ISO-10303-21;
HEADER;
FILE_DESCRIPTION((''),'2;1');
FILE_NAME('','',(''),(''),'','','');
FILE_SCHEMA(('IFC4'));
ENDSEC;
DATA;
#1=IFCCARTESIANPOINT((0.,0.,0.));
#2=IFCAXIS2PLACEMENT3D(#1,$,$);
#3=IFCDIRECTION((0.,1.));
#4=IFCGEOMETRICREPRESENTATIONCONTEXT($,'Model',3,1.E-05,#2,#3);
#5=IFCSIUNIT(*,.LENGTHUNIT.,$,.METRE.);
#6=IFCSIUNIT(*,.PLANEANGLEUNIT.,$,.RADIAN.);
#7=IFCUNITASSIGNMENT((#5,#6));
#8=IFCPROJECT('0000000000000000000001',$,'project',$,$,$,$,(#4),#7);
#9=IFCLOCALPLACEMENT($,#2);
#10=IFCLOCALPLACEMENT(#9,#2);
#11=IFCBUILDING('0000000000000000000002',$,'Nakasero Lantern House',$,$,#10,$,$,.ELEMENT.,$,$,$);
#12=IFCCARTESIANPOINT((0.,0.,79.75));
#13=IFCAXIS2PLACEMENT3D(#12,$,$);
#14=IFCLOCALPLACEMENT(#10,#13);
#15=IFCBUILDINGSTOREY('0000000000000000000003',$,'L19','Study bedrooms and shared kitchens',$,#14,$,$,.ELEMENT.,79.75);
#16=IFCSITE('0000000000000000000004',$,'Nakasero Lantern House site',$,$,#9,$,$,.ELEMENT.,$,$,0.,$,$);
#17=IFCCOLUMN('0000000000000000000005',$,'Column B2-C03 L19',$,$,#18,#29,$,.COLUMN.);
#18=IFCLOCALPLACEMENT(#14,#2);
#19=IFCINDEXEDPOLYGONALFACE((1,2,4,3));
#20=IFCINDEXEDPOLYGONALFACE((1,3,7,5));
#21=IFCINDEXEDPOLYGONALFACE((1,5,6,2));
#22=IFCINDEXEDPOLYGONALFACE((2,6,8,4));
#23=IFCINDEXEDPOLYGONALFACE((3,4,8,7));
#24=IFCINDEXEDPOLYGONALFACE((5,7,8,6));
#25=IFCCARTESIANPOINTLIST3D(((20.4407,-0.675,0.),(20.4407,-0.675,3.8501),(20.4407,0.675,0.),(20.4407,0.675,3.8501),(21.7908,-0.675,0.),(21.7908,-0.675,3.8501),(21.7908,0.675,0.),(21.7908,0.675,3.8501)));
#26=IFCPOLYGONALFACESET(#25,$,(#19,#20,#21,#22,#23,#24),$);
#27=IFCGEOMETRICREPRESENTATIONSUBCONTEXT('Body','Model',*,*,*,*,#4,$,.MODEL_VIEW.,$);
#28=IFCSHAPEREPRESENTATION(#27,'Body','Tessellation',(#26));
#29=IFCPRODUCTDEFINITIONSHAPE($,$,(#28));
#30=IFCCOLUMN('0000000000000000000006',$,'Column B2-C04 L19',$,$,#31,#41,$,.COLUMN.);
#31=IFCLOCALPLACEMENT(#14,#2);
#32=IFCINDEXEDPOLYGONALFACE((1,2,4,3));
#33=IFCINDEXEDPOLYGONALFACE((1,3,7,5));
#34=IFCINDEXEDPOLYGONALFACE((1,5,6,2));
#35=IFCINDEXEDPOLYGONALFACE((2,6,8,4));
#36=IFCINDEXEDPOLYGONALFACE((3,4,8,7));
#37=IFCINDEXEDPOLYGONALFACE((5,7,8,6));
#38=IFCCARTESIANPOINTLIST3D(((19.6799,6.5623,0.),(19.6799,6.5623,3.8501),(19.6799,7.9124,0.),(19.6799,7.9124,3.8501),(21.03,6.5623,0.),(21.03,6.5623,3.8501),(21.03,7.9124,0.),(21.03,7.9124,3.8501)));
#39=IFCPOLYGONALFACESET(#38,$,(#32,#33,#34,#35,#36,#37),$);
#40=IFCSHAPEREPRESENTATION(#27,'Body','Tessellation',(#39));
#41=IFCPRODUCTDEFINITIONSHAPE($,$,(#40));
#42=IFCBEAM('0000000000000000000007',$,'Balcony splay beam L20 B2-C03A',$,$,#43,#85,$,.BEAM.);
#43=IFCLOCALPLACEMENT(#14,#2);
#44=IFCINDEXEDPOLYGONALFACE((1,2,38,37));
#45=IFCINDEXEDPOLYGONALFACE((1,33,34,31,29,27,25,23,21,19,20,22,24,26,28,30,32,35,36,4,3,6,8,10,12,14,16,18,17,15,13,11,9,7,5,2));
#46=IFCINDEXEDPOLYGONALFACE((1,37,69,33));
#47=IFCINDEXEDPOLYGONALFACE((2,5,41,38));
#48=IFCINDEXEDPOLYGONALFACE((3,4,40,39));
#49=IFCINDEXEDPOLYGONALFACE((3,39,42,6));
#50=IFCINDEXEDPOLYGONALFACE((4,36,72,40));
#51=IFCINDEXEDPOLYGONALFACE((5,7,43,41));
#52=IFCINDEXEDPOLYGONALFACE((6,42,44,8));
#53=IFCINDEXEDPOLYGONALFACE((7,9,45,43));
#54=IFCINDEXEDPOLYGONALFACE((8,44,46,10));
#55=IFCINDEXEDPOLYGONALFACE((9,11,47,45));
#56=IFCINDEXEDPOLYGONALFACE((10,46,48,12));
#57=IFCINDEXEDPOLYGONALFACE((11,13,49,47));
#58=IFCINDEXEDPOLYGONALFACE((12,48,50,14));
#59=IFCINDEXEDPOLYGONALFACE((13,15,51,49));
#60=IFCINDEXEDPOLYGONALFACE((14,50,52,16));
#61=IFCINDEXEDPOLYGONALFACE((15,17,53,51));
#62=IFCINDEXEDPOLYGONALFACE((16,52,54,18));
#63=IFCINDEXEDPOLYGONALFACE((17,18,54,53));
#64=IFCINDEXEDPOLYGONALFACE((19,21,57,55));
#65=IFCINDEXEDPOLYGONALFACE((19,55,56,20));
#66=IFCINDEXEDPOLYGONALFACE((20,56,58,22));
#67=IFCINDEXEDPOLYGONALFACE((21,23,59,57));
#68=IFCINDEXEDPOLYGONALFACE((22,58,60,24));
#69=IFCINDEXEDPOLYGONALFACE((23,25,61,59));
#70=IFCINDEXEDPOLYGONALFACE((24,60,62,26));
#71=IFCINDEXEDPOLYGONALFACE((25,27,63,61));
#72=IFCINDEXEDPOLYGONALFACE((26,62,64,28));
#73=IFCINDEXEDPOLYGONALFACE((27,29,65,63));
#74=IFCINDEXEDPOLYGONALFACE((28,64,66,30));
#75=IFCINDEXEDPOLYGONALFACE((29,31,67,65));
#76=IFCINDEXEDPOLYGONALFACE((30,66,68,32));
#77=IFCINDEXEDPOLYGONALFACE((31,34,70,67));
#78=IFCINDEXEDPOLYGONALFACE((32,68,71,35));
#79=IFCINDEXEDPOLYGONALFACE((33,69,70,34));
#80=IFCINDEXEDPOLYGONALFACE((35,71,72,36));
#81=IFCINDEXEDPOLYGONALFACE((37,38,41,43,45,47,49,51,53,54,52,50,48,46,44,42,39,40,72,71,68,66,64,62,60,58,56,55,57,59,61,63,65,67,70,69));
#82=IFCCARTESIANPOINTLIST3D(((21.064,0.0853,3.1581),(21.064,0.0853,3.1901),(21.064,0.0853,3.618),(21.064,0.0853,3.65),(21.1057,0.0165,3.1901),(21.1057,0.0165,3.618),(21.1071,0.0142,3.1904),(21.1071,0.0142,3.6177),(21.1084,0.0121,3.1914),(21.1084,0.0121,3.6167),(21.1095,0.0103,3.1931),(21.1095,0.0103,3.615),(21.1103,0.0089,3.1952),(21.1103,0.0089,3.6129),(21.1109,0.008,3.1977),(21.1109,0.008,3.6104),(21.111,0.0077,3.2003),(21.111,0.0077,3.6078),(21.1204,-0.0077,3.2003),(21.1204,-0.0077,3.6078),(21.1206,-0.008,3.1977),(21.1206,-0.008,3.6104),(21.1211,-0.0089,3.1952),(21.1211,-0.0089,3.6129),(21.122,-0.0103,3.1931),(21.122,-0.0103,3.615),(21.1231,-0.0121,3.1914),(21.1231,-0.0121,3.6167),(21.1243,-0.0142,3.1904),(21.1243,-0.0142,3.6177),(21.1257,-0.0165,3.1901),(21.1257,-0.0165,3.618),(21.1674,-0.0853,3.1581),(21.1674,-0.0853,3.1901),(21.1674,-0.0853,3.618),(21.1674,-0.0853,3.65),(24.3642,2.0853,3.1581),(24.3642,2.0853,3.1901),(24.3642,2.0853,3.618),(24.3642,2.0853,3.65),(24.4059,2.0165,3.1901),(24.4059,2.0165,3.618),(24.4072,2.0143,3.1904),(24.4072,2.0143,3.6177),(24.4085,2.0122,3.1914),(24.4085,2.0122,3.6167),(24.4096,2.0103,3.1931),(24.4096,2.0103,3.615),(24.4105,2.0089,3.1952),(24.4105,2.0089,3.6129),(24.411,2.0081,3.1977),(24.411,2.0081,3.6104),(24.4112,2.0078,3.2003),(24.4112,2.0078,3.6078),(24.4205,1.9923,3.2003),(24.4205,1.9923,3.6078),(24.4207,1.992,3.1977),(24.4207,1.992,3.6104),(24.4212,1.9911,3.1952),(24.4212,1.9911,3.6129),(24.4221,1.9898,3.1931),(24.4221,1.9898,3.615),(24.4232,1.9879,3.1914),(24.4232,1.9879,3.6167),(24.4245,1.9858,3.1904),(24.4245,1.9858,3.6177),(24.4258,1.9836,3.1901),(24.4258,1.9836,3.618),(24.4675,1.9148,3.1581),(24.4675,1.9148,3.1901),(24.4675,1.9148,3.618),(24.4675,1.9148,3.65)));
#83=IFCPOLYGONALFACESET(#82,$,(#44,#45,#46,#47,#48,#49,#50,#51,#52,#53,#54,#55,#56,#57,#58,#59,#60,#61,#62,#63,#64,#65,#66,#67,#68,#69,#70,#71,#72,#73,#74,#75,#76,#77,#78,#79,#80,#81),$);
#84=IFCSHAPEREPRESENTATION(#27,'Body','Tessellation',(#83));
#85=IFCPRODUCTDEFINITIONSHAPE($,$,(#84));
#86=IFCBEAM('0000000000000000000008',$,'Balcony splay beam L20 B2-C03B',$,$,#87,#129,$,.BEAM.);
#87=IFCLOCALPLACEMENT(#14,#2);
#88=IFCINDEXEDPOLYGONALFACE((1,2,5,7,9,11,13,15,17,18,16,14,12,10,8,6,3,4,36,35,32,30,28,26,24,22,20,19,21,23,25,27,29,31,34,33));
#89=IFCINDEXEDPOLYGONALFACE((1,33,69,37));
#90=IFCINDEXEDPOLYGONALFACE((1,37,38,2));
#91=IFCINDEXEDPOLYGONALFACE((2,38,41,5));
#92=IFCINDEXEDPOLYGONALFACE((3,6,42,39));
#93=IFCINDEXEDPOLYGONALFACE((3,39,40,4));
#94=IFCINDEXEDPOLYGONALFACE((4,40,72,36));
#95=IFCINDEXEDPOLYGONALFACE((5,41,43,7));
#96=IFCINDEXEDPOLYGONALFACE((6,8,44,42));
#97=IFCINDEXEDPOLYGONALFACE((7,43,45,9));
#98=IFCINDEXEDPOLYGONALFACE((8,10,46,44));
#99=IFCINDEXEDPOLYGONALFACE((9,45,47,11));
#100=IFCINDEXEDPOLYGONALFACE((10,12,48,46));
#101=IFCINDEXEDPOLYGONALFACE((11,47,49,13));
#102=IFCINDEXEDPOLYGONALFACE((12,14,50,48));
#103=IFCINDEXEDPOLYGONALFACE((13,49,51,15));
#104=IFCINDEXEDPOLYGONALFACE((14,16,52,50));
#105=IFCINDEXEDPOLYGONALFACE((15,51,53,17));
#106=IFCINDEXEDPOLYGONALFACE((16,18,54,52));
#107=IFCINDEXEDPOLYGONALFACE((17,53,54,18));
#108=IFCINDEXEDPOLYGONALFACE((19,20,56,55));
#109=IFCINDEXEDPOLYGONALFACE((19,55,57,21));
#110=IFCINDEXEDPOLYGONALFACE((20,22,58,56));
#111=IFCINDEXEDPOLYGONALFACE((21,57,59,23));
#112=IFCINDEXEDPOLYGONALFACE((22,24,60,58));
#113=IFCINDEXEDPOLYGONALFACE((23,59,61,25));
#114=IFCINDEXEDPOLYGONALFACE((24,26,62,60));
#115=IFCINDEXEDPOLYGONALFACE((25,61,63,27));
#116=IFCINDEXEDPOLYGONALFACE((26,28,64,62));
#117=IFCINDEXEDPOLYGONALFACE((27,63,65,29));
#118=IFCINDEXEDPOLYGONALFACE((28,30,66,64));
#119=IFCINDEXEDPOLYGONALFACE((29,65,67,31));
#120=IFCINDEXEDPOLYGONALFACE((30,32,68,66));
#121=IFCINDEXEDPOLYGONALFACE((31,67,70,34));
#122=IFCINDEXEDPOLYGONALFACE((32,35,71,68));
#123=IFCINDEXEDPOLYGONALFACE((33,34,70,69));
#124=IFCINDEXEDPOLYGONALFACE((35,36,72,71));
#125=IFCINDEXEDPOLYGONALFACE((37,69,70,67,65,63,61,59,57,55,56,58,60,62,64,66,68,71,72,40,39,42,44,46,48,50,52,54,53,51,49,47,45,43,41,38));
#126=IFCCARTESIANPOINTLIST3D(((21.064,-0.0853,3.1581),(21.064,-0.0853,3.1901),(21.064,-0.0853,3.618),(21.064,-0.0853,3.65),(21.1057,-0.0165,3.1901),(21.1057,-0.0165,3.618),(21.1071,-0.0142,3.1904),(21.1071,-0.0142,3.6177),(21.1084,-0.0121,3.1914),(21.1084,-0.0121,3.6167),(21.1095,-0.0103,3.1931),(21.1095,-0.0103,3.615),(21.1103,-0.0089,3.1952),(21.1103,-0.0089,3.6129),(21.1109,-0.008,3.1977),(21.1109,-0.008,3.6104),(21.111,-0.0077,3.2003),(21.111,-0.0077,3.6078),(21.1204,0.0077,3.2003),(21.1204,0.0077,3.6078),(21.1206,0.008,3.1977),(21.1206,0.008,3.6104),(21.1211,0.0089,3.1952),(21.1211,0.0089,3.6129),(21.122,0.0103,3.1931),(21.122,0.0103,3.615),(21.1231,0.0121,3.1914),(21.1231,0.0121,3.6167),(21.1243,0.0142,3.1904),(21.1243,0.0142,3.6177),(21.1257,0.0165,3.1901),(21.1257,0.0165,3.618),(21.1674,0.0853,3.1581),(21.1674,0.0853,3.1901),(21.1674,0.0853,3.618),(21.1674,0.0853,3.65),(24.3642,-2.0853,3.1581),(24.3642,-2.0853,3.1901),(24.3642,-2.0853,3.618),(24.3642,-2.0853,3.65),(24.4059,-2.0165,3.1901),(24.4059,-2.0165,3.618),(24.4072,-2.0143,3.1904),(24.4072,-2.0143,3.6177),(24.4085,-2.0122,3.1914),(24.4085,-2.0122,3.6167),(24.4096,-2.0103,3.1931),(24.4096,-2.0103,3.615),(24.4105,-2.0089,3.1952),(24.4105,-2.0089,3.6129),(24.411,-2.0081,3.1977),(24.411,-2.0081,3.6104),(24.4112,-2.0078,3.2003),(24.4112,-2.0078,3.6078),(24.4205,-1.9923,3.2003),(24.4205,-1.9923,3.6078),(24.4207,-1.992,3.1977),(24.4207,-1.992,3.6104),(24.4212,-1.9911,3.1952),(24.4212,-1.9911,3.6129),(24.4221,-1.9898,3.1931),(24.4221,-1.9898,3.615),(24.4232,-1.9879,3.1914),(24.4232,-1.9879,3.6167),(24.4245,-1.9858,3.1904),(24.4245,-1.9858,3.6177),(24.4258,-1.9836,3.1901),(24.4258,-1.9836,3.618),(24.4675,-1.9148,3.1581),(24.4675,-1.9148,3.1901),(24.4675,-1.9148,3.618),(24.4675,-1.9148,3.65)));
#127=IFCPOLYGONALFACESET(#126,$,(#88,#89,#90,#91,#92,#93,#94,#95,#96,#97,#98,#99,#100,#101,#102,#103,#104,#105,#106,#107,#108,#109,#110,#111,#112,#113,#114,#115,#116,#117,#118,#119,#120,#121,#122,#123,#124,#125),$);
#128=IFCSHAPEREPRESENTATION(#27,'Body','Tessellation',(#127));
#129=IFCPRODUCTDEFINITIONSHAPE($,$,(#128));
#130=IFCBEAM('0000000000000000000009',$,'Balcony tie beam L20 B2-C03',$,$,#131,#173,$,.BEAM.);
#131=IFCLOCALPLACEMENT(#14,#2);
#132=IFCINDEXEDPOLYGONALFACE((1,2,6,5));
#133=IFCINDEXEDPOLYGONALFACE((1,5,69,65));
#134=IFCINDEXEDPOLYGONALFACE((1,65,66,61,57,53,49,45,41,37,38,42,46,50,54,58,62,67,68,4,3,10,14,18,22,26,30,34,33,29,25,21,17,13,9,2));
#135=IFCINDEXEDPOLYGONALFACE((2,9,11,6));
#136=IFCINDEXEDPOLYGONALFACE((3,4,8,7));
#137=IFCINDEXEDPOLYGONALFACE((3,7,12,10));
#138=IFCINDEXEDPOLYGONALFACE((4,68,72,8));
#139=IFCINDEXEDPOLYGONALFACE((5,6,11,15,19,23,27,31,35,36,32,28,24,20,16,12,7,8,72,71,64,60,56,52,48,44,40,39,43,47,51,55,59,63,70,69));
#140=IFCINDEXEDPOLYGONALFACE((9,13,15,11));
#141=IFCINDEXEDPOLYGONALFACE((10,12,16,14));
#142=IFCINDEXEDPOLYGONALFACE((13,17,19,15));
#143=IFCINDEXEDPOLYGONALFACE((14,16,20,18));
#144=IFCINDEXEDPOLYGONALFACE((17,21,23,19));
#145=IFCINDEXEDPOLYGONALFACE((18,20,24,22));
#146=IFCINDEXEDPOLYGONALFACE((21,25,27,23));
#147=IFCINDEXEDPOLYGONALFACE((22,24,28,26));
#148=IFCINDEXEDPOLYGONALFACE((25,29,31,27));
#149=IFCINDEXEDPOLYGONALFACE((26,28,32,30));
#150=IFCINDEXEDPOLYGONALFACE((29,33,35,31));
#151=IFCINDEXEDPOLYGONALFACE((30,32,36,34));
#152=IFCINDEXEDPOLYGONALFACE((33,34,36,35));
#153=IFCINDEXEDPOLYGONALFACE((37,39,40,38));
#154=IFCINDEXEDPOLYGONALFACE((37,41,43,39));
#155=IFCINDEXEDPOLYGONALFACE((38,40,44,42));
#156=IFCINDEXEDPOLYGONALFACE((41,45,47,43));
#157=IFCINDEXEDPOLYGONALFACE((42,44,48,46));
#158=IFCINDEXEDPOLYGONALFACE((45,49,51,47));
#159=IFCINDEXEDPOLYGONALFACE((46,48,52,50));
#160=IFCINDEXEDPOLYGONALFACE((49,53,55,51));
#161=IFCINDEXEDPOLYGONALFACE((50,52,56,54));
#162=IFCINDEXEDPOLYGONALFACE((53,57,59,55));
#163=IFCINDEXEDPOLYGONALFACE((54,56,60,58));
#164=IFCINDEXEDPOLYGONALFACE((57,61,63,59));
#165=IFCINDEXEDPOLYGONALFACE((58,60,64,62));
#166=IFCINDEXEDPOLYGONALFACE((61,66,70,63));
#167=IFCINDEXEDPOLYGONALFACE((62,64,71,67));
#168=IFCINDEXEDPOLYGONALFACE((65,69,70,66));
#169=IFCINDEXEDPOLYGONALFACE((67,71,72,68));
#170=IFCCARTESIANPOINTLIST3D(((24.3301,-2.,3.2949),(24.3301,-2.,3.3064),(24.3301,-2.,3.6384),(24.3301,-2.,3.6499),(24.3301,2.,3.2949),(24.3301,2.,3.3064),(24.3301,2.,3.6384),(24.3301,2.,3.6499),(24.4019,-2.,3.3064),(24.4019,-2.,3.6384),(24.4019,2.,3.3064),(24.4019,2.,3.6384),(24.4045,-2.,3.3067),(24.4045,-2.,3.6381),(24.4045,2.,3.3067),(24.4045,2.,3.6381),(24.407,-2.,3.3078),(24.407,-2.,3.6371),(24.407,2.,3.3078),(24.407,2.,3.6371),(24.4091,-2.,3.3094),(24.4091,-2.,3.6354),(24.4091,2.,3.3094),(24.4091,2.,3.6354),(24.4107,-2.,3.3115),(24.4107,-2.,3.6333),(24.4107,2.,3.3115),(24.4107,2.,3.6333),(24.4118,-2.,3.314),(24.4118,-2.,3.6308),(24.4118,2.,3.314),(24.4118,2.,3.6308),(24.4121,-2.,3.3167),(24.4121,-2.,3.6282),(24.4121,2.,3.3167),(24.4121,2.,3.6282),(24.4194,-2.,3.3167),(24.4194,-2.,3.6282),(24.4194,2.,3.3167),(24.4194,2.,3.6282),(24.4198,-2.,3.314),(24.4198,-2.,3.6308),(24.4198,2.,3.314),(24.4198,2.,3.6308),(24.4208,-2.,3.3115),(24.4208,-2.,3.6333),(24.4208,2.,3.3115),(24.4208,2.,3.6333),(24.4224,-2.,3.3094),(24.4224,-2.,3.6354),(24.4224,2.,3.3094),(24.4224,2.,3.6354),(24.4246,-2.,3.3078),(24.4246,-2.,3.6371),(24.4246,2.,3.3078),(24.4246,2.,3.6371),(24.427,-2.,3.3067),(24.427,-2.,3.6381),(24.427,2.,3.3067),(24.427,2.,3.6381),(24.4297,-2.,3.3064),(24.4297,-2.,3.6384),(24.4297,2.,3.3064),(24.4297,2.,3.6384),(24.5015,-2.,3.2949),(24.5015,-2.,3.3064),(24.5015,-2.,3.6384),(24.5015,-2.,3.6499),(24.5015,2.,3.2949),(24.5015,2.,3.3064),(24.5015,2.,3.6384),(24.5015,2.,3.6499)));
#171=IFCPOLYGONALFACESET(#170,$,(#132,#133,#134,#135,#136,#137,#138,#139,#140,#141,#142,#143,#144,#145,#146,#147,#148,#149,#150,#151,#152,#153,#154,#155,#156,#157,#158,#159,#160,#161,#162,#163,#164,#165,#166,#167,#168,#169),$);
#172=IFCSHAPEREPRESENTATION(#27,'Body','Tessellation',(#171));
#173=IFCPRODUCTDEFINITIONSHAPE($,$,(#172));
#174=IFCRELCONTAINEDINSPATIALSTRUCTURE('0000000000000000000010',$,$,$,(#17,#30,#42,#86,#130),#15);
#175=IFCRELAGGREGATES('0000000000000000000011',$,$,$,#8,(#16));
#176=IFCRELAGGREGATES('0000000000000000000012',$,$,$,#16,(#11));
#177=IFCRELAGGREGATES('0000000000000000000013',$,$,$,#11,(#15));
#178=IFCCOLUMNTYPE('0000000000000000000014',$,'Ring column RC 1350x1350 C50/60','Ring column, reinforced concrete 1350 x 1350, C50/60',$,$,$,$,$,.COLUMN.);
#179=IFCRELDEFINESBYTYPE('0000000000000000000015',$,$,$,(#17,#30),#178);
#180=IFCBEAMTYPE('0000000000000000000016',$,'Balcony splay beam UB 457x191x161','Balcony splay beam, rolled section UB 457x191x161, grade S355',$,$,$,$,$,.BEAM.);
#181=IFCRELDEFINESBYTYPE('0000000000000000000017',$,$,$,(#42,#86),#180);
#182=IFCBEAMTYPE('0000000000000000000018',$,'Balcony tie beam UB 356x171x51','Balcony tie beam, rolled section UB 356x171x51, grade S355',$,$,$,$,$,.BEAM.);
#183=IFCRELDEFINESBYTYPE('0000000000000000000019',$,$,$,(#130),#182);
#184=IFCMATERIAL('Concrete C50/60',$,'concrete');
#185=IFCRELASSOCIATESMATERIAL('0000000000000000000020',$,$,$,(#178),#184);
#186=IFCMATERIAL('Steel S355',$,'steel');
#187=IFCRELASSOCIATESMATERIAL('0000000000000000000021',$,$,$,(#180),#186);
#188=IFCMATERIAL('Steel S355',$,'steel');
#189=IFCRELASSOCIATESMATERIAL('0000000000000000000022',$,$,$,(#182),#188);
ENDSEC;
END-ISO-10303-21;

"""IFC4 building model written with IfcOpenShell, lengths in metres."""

from ifc_helpers import new_model, si_unit, direction, frame, origin, origin_2d, place, context, subcontext, project, spatial, rectangle, i_section, extrude, material, material_profile, profile_set, type_object, element, save


model = new_model("IFC4")

# Units and contexts
model_context = context("Model", 3, precision=1e-05, world=origin(), true_north=direction((0.0, 1.0)))
body_context = subcontext(model_context, "Body", "Model", "MODEL_VIEW")
ifc_project = project(units=[si_unit("LENGTHUNIT", "METRE"), si_unit("PLANEANGLEUNIT", "RADIAN")], contexts=[model_context])

# Site, building, storey
site_placement = place(None, origin())
site = spatial("IfcSite", under=ifc_project, at=site_placement, Name="Nakasero Lantern House site", CompositionType="ELEMENT", RefElevation=0.0)
building_placement = place(site_placement, origin())
building = spatial("IfcBuilding", under=site, at=building_placement, Name="Nakasero Lantern House", CompositionType="ELEMENT")
storey_placement = place(building_placement, frame((0.0, 0.0, 79.75)))
storey = spatial("IfcBuildingStorey", under=building, at=storey_placement, Name="L19", Description="Study bedrooms and shared kitchens", CompositionType="ELEMENT", Elevation=79.75)

# Columns
ifc_material_1 = material(Name="Concrete C50/60", Category="concrete")
ifc_material_profile_1 = material_profile(ifc_material_1, rectangle(XDim=1.3501, YDim=1.3501, at=origin_2d()), Name="RC 1350x1350")
ifc_profile_set_1 = profile_set([ifc_material_profile_1], Name="Concrete C50/60")
column_type = type_object("IfcColumnType", Name="Ring column RC 1350x1350 C50/60", Description="Ring column, reinforced concrete 1350 x 1350, C50/60", PredefinedType="COLUMN", material=ifc_profile_set_1)
for number, where, z_axis, x_axis, name in (
    (1, (21.1157, 0.0, 0.0), (0.0, 0.0, 1.0), (1.0, 0.0, 0.0), "Column B2-C03 L19"),
    (2, (20.355, 7.2373, 0.0), (0.0, 0.0, 1.0), (1.0, 0.0, 0.0), "Column B2-C04 L19"),
):
    element("IfcColumn", number, at=place(storey_placement, frame(where, z_axis=z_axis, x_axis=x_axis)), inside=storey, type_object=column_type, Name=name, PredefinedType="COLUMN", context=body_context, shape_type="SweptSolid", body=[
        extrude(rectangle(XDim=1.3501, YDim=1.3501, at=origin_2d()), origin(), (0.0, 0.0, 1.0), 3.8501),
    ])

# Beams
ifc_material_2 = material(Name="Steel S355", Category="steel")
ifc_material_profile_2 = material_profile(ifc_material_2, i_section(OverallWidth=0.1995, OverallDepth=0.4919, WebThickness=0.0181, FlangeThickness=0.032, FilletRadius=0.0103, at=origin_2d()), Name="UB 457x191x161")
ifc_profile_set_2 = profile_set([ifc_material_profile_2], Name="Steel S355")
beam_type_1 = type_object("IfcBeamType", Name="Balcony splay beam UB 457x191x161", Description="Balcony splay beam, rolled section UB 457x191x161, grade S355", PredefinedType="BEAM", material=ifc_profile_set_2)
for number, where, z_axis, x_axis, name in (
    (3, (21.1157, 0.0, 3.4041), (0.855201, 0.518296, 0.0), (-0.518296, 0.855201, 0.0), "Balcony splay beam L20 B2-C03A"),
    (4, (21.1157, 0.0, 3.4041), (0.855201, -0.518296, 0.0), (0.518296, 0.855201, 0.0), "Balcony splay beam L20 B2-C03B"),
):
    element("IfcBeam", number, at=place(storey_placement, frame(where, z_axis=z_axis, x_axis=x_axis)), inside=storey, type_object=beam_type_1, Name=name, PredefinedType="BEAM", context=body_context, shape_type="SweptSolid", body=[
        extrude(i_section(OverallWidth=0.1995, OverallDepth=0.4919, WebThickness=0.0181, FlangeThickness=0.032, FilletRadius=0.0103, at=origin_2d()), origin(), (0.0, 0.0, 1.0), 3.8589),
    ])
ifc_material_3 = material(Name="Steel S355", Category="steel")
ifc_material_profile_3 = material_profile(ifc_material_3, i_section(OverallWidth=0.1714, OverallDepth=0.355, WebThickness=0.0073, FlangeThickness=0.0115, FilletRadius=0.0103, at=origin_2d()), Name="UB 356x171x51")
ifc_profile_set_3 = profile_set([ifc_material_profile_3], Name="Steel S355")
beam_type_2 = type_object("IfcBeamType", Name="Balcony tie beam UB 356x171x51", Description="Balcony tie beam, rolled section UB 356x171x51, grade S355", PredefinedType="BEAM", material=ifc_profile_set_3)
beam_1_placement = place(storey_placement, frame((24.4158, 2.0, 3.4724), z_axis=(0.0, -1.0, 0.0), x_axis=(1.0, 0.0, 0.0)))
element("IfcBeam", 5, at=beam_1_placement, inside=storey, type_object=beam_type_2, Name="Balcony tie beam L20 B2-C03", PredefinedType="BEAM", context=body_context, shape_type="SweptSolid", body=[
    extrude(i_section(OverallWidth=0.1714, OverallDepth=0.355, WebThickness=0.0073, FlangeThickness=0.0115, FilletRadius=0.0103, at=origin_2d()), origin(), (0.0, 0.0, 1.0), 4.0),
])

save(model, "model.ifc")
